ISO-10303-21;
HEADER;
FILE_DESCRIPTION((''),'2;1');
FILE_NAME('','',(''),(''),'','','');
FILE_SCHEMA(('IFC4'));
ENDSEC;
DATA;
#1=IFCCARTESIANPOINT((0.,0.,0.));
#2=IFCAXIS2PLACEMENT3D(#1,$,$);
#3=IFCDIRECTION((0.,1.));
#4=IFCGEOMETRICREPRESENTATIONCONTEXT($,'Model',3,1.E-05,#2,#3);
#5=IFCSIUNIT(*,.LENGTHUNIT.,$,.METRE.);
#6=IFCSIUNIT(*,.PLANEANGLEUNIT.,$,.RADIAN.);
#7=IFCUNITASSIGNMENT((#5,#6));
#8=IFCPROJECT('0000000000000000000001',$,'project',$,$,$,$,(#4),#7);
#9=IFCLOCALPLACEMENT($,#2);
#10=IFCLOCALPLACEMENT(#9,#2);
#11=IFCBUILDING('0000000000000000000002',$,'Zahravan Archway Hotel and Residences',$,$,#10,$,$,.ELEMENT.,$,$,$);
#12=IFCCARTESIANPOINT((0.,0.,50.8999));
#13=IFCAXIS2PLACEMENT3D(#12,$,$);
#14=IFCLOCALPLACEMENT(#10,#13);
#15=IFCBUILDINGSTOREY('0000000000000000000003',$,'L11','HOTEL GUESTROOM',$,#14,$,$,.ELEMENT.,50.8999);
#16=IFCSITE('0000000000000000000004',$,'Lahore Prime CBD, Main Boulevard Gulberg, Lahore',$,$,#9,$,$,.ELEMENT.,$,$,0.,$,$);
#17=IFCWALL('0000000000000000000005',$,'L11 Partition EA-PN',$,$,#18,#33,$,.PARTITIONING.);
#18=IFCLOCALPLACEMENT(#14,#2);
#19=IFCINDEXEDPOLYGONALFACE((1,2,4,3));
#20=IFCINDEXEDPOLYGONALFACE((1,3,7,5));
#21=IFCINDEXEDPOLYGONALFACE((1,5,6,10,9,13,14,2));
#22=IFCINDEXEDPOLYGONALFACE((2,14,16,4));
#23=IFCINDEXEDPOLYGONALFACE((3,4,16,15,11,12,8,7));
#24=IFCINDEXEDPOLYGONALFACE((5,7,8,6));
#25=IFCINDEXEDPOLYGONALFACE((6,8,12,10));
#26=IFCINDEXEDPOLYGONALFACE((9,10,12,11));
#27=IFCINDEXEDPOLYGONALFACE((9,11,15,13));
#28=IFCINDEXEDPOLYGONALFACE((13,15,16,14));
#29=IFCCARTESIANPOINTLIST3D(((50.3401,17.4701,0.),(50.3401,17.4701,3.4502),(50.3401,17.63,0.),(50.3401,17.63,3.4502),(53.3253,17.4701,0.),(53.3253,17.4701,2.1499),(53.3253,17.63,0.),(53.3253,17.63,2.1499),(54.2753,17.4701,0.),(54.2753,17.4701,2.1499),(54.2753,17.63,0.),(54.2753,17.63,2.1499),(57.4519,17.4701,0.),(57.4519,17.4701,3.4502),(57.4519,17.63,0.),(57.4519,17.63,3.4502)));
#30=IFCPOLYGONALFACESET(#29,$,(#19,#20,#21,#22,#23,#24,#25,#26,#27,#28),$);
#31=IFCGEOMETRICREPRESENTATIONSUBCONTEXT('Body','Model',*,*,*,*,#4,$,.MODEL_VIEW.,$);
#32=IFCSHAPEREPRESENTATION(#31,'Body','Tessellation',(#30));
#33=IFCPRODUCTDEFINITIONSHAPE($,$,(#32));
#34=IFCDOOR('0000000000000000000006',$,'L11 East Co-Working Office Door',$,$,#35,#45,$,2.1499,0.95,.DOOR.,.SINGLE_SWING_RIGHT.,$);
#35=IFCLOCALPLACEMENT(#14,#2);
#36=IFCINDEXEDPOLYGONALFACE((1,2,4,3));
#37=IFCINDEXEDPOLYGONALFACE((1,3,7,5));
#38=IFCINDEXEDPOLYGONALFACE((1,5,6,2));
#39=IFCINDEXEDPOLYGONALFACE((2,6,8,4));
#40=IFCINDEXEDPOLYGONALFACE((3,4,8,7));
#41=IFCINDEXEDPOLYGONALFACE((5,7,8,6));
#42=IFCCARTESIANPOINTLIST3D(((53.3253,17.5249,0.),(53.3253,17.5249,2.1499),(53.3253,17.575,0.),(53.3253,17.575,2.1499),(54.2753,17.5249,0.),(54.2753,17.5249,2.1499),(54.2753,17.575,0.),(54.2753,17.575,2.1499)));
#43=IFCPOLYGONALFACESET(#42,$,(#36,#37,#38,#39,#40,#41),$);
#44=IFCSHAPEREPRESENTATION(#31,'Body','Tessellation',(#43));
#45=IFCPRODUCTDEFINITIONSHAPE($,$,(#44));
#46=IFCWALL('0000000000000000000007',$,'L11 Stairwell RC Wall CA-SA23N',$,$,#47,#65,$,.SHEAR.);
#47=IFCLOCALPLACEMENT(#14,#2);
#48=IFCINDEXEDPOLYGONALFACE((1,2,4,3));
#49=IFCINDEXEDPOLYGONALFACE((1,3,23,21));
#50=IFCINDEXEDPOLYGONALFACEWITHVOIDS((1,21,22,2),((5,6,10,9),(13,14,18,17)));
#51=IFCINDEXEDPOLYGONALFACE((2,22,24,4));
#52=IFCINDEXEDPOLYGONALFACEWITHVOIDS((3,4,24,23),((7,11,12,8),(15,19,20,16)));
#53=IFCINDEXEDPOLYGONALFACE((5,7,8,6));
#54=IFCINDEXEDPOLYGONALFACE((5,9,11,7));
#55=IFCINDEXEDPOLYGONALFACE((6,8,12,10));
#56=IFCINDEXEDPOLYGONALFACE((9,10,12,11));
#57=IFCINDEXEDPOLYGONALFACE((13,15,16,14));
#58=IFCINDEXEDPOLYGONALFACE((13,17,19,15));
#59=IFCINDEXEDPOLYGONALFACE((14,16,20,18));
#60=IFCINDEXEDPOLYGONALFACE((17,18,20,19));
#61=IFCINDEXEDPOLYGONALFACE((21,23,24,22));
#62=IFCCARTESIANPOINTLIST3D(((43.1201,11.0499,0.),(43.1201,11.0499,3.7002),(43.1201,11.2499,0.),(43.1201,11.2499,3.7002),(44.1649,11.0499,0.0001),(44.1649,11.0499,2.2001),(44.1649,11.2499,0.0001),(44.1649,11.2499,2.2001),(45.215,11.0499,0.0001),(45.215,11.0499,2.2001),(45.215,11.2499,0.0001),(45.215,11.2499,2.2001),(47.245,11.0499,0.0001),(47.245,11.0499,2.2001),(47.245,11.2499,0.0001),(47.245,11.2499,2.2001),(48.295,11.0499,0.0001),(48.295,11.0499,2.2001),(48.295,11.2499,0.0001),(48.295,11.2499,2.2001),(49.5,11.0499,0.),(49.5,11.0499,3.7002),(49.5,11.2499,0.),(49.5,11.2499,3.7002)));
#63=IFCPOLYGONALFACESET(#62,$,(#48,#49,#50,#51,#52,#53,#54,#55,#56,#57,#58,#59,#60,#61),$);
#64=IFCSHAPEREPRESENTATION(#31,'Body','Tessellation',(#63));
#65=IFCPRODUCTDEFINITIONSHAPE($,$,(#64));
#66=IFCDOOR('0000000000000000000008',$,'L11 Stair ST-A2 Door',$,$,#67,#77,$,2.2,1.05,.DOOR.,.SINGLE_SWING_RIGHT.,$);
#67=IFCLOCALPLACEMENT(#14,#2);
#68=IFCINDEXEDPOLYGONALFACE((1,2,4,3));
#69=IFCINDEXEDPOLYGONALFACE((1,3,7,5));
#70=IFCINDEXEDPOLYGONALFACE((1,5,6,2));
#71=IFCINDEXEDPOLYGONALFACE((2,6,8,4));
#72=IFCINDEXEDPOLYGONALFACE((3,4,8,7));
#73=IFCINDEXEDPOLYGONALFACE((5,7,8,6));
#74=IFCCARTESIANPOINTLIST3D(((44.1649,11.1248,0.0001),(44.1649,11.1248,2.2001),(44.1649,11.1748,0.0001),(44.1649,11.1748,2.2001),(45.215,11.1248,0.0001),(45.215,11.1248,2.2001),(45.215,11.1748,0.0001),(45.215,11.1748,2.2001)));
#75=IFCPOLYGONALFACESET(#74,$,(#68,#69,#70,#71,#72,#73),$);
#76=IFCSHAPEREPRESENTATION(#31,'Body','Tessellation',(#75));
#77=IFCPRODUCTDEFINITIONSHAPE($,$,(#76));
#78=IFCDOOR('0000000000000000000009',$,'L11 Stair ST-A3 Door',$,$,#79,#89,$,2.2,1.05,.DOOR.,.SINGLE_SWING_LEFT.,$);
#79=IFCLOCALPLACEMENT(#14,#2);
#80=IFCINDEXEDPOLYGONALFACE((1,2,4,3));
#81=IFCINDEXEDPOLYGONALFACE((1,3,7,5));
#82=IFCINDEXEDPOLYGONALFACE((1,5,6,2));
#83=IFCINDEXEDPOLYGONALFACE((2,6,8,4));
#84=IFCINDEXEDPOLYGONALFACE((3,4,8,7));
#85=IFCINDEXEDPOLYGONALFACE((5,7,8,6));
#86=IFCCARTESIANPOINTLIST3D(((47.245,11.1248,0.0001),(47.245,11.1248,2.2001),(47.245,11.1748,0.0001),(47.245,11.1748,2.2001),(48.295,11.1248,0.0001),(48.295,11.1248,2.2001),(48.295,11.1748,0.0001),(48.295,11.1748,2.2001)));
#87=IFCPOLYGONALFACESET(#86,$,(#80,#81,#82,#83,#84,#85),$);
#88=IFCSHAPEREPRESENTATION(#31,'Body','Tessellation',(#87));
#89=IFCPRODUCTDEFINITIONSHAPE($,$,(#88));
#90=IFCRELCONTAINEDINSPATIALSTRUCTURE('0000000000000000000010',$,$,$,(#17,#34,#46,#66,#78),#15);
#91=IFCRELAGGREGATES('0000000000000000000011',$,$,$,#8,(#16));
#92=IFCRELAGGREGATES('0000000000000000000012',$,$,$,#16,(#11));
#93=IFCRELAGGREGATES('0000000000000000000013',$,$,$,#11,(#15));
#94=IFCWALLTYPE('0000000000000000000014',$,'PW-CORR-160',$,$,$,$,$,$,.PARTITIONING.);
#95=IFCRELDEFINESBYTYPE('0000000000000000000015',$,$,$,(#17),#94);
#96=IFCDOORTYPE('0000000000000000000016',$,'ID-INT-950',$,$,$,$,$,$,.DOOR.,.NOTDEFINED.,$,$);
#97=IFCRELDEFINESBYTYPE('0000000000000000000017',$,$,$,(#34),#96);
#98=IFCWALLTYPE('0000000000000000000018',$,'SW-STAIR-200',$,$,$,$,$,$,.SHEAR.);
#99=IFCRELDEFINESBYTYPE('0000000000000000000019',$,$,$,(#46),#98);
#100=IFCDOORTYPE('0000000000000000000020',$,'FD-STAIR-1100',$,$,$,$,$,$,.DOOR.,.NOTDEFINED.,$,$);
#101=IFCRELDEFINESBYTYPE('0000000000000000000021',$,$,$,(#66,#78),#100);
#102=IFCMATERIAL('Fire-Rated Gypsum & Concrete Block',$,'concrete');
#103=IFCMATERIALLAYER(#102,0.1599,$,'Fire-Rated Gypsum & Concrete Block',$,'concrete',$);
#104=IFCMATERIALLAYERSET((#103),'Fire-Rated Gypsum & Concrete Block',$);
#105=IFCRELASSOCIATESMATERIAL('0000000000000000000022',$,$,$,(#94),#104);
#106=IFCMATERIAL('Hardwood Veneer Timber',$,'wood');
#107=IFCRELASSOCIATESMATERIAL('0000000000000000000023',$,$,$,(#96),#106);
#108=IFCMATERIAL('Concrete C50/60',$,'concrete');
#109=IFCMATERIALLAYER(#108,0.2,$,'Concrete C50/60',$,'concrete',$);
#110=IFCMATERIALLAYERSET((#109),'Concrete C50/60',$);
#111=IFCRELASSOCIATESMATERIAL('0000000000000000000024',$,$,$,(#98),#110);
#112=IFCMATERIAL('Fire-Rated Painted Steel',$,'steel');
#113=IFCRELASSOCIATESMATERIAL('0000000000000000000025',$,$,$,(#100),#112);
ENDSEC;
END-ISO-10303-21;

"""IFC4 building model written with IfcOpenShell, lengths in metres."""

from ifc_helpers import new_model, si_unit, direction, frame, frame_2d, origin, place, context, subcontext, project, spatial, rectangle, extrude, source, transform, mapped, material, layer, layer_set, type_object, type_shapes, element, fill, save


model = new_model("IFC4")

# Units and contexts
model_context = context("Model", 3, precision=1e-05, world=origin(), true_north=direction((0.0, 1.0)))
body_context = subcontext(model_context, "Body", "Model", "MODEL_VIEW")
ifc_project = project(units=[si_unit("LENGTHUNIT", "METRE"), si_unit("PLANEANGLEUNIT", "RADIAN")], contexts=[model_context])

# Site, building, storey
site_placement = place(None, origin())
site = spatial("IfcSite", under=ifc_project, at=site_placement, Name="Lahore Prime CBD, Main Boulevard Gulberg, Lahore", CompositionType="ELEMENT", RefElevation=0.0)
building_placement = place(site_placement, origin())
building = spatial("IfcBuilding", under=site, at=building_placement, Name="Zahravan Archway Hotel and Residences", CompositionType="ELEMENT")
storey_placement = place(building_placement, frame((0.0, 0.0, 50.8999)))
storey = spatial("IfcBuildingStorey", under=building, at=storey_placement, Name="L11", Description="HOTEL GUESTROOM", CompositionType="ELEMENT", Elevation=50.8999)

# Wall, opening, door
ifc_material_1 = material(Name="Fire-Rated Gypsum & Concrete Block", Category="concrete")
ifc_material_2 = material(Name="Fire-Rated Painted Steel", Category="steel")
ifc_layer_1 = layer(ifc_material_1, 0.1599, Name="Fire-Rated Gypsum & Concrete Block", Category="concrete")
ifc_layer_set_1 = layer_set([ifc_layer_1], Name="Fire-Rated Gypsum & Concrete Block")
wall_type_1 = type_object("IfcWallType", Name="PW-CORR-160", PredefinedType="PARTITIONING", material=ifc_layer_set_1)
wall_1_placement = place(storey_placement, frame((50.3401, 17.55, 0.0), z_axis=(0.0, 0.0, 1.0), x_axis=(1.0, 0.0, 0.0)))
wall_1 = element("IfcWall", 1, at=wall_1_placement, inside=storey, type_object=wall_type_1, Name="L11 Partition EA-PN", PredefinedType="PARTITIONING", context=body_context, shape_type="SweptSolid", body=[
    extrude(rectangle(XDim=7.1118, YDim=0.1599, at=frame_2d((3.5559, 0.0))), origin(), (0.0, 0.0, 1.0), 3.4502),
])
opening_1_placement = place(wall_1_placement, frame((2.9851, 0.0, 0.0)))
opening_1 = element("IfcOpeningElement", 2, at=opening_1_placement, cuts=wall_1, PredefinedType="OPENING", context=body_context, shape_type="SweptSolid", body=[
    extrude(rectangle(XDim=0.95, YDim=2.1499, at=frame_2d((0.4751, 1.075))), frame((0.0, 0.0898, 0.0), z_axis=(0.0, -1.0, 0.0), x_axis=(1.0, 0.0, 0.0)), (0.0, 0.0, 1.0), 0.1799),
])
ifc_material_3 = material(Name="Hardwood Veneer Timber", Category="wood")
door_type_1 = type_object("IfcDoorType", Name="ID-INT-950", OperationType="NOTDEFINED", PredefinedType="DOOR", material=ifc_material_3)
shared_shape_1 = source(origin(), body_context, "Body", "SweptSolid", [
    extrude(rectangle(XDim=0.95, YDim=2.1499, at=frame_2d((0.4751, 1.075))), frame((0.0, 0.0249, 0.0), z_axis=(0.0, -1.0, 0.0), x_axis=(1.0, 0.0, 0.0)), (0.0, 0.0, 1.0), 0.05),
])
type_shapes(door_type_1, [shared_shape_1])
door_1_placement = place(opening_1_placement, origin())
door_1 = element("IfcDoor", 3, at=door_1_placement, inside=storey, type_object=door_type_1, Name="L11 East Co-Working Office Door", OperationType="SINGLE_SWING_RIGHT", OverallHeight=2.1499, OverallWidth=0.95, PredefinedType="DOOR", context=body_context, shape_type="MappedRepresentation", body=[
    mapped(shared_shape_1, transform((0.0, 0.0, 0.0), scale=1.0)),
])
fill(opening_1, door_1)

# Wall, openings, doors
ifc_material_4 = material(Name="Concrete C50/60", Category="concrete")
ifc_layer_2 = layer(ifc_material_4, 0.2, Name="Concrete C50/60", Category="concrete")
ifc_layer_set_2 = layer_set([ifc_layer_2], Name="Concrete C50/60")
wall_type_2 = type_object("IfcWallType", Name="SW-STAIR-200", PredefinedType="SHEAR", material=ifc_layer_set_2)
wall_2_placement = place(storey_placement, frame((43.1201, 11.1499, 0.0), z_axis=(0.0, 0.0, 1.0), x_axis=(1.0, 0.0, 0.0)))
wall_2 = element("IfcWall", 4, at=wall_2_placement, inside=storey, type_object=wall_type_2, Name="L11 Stairwell RC Wall CA-SA23N", PredefinedType="SHEAR", context=body_context, shape_type="SweptSolid", body=[
    extrude(rectangle(XDim=6.3799, YDim=0.2, at=frame_2d((3.1899, 0.0))), origin(), (0.0, 0.0, 1.0), 3.7002),
])
opening_2_placement = place(wall_2_placement, frame((1.0449, 0.0, 0.0)))
opening_2 = element("IfcOpeningElement", 5, at=opening_2_placement, cuts=wall_2, PredefinedType="OPENING", context=body_context, shape_type="SweptSolid", body=[
    extrude(rectangle(XDim=1.05, YDim=2.2, at=frame_2d((0.5249, 1.1001))), frame((0.0, 0.1099, 0.0), z_axis=(0.0, -1.0, 0.0), x_axis=(1.0, 0.0, 0.0)), (0.0, 0.0, 1.0), 0.22),
])
opening_3_placement = place(wall_2_placement, frame((4.125, 0.0, 0.0)))
opening_3 = element("IfcOpeningElement", 6, at=opening_3_placement, cuts=wall_2, PredefinedType="OPENING", context=body_context, shape_type="SweptSolid", body=[
    extrude(rectangle(XDim=1.05, YDim=2.2, at=frame_2d((0.5249, 1.1001))), frame((0.0, 0.1099, 0.0), z_axis=(0.0, -1.0, 0.0), x_axis=(1.0, 0.0, 0.0)), (0.0, 0.0, 1.0), 0.22),
])
door_type_2 = type_object("IfcDoorType", Name="FD-STAIR-1100", OperationType="NOTDEFINED", PredefinedType="DOOR", material=ifc_material_2)
shared_shape_2 = source(origin(), body_context, "Body", "SweptSolid", [
    extrude(rectangle(XDim=1.05, YDim=2.2, at=frame_2d((0.5249, 1.1001))), frame((0.0, 0.0249, 0.0), z_axis=(0.0, -1.0, 0.0), x_axis=(1.0, 0.0, 0.0)), (0.0, 0.0, 1.0), 0.05),
])
type_shapes(door_type_2, [shared_shape_2])
door_2_placement = place(opening_2_placement, origin())
door_2 = element("IfcDoor", 7, at=door_2_placement, inside=storey, type_object=door_type_2, Name="L11 Stair ST-A2 Door", OperationType="SINGLE_SWING_RIGHT", OverallHeight=2.2, OverallWidth=1.05, PredefinedType="DOOR", context=body_context, shape_type="MappedRepresentation", body=[
    mapped(shared_shape_2, transform((0.0, 0.0, 0.0), scale=1.0)),
])
fill(opening_2, door_2)
door_3_placement = place(opening_3_placement, origin())
door_3 = element("IfcDoor", 8, at=door_3_placement, inside=storey, type_object=door_type_2, Name="L11 Stair ST-A3 Door", OperationType="SINGLE_SWING_LEFT", OverallHeight=2.2, OverallWidth=1.05, PredefinedType="DOOR", context=body_context, shape_type="MappedRepresentation", body=[
    mapped(shared_shape_2, transform((0.0, 0.0, 0.0), scale=1.0)),
])
fill(opening_3, door_3)

save(model, "model.ifc")
